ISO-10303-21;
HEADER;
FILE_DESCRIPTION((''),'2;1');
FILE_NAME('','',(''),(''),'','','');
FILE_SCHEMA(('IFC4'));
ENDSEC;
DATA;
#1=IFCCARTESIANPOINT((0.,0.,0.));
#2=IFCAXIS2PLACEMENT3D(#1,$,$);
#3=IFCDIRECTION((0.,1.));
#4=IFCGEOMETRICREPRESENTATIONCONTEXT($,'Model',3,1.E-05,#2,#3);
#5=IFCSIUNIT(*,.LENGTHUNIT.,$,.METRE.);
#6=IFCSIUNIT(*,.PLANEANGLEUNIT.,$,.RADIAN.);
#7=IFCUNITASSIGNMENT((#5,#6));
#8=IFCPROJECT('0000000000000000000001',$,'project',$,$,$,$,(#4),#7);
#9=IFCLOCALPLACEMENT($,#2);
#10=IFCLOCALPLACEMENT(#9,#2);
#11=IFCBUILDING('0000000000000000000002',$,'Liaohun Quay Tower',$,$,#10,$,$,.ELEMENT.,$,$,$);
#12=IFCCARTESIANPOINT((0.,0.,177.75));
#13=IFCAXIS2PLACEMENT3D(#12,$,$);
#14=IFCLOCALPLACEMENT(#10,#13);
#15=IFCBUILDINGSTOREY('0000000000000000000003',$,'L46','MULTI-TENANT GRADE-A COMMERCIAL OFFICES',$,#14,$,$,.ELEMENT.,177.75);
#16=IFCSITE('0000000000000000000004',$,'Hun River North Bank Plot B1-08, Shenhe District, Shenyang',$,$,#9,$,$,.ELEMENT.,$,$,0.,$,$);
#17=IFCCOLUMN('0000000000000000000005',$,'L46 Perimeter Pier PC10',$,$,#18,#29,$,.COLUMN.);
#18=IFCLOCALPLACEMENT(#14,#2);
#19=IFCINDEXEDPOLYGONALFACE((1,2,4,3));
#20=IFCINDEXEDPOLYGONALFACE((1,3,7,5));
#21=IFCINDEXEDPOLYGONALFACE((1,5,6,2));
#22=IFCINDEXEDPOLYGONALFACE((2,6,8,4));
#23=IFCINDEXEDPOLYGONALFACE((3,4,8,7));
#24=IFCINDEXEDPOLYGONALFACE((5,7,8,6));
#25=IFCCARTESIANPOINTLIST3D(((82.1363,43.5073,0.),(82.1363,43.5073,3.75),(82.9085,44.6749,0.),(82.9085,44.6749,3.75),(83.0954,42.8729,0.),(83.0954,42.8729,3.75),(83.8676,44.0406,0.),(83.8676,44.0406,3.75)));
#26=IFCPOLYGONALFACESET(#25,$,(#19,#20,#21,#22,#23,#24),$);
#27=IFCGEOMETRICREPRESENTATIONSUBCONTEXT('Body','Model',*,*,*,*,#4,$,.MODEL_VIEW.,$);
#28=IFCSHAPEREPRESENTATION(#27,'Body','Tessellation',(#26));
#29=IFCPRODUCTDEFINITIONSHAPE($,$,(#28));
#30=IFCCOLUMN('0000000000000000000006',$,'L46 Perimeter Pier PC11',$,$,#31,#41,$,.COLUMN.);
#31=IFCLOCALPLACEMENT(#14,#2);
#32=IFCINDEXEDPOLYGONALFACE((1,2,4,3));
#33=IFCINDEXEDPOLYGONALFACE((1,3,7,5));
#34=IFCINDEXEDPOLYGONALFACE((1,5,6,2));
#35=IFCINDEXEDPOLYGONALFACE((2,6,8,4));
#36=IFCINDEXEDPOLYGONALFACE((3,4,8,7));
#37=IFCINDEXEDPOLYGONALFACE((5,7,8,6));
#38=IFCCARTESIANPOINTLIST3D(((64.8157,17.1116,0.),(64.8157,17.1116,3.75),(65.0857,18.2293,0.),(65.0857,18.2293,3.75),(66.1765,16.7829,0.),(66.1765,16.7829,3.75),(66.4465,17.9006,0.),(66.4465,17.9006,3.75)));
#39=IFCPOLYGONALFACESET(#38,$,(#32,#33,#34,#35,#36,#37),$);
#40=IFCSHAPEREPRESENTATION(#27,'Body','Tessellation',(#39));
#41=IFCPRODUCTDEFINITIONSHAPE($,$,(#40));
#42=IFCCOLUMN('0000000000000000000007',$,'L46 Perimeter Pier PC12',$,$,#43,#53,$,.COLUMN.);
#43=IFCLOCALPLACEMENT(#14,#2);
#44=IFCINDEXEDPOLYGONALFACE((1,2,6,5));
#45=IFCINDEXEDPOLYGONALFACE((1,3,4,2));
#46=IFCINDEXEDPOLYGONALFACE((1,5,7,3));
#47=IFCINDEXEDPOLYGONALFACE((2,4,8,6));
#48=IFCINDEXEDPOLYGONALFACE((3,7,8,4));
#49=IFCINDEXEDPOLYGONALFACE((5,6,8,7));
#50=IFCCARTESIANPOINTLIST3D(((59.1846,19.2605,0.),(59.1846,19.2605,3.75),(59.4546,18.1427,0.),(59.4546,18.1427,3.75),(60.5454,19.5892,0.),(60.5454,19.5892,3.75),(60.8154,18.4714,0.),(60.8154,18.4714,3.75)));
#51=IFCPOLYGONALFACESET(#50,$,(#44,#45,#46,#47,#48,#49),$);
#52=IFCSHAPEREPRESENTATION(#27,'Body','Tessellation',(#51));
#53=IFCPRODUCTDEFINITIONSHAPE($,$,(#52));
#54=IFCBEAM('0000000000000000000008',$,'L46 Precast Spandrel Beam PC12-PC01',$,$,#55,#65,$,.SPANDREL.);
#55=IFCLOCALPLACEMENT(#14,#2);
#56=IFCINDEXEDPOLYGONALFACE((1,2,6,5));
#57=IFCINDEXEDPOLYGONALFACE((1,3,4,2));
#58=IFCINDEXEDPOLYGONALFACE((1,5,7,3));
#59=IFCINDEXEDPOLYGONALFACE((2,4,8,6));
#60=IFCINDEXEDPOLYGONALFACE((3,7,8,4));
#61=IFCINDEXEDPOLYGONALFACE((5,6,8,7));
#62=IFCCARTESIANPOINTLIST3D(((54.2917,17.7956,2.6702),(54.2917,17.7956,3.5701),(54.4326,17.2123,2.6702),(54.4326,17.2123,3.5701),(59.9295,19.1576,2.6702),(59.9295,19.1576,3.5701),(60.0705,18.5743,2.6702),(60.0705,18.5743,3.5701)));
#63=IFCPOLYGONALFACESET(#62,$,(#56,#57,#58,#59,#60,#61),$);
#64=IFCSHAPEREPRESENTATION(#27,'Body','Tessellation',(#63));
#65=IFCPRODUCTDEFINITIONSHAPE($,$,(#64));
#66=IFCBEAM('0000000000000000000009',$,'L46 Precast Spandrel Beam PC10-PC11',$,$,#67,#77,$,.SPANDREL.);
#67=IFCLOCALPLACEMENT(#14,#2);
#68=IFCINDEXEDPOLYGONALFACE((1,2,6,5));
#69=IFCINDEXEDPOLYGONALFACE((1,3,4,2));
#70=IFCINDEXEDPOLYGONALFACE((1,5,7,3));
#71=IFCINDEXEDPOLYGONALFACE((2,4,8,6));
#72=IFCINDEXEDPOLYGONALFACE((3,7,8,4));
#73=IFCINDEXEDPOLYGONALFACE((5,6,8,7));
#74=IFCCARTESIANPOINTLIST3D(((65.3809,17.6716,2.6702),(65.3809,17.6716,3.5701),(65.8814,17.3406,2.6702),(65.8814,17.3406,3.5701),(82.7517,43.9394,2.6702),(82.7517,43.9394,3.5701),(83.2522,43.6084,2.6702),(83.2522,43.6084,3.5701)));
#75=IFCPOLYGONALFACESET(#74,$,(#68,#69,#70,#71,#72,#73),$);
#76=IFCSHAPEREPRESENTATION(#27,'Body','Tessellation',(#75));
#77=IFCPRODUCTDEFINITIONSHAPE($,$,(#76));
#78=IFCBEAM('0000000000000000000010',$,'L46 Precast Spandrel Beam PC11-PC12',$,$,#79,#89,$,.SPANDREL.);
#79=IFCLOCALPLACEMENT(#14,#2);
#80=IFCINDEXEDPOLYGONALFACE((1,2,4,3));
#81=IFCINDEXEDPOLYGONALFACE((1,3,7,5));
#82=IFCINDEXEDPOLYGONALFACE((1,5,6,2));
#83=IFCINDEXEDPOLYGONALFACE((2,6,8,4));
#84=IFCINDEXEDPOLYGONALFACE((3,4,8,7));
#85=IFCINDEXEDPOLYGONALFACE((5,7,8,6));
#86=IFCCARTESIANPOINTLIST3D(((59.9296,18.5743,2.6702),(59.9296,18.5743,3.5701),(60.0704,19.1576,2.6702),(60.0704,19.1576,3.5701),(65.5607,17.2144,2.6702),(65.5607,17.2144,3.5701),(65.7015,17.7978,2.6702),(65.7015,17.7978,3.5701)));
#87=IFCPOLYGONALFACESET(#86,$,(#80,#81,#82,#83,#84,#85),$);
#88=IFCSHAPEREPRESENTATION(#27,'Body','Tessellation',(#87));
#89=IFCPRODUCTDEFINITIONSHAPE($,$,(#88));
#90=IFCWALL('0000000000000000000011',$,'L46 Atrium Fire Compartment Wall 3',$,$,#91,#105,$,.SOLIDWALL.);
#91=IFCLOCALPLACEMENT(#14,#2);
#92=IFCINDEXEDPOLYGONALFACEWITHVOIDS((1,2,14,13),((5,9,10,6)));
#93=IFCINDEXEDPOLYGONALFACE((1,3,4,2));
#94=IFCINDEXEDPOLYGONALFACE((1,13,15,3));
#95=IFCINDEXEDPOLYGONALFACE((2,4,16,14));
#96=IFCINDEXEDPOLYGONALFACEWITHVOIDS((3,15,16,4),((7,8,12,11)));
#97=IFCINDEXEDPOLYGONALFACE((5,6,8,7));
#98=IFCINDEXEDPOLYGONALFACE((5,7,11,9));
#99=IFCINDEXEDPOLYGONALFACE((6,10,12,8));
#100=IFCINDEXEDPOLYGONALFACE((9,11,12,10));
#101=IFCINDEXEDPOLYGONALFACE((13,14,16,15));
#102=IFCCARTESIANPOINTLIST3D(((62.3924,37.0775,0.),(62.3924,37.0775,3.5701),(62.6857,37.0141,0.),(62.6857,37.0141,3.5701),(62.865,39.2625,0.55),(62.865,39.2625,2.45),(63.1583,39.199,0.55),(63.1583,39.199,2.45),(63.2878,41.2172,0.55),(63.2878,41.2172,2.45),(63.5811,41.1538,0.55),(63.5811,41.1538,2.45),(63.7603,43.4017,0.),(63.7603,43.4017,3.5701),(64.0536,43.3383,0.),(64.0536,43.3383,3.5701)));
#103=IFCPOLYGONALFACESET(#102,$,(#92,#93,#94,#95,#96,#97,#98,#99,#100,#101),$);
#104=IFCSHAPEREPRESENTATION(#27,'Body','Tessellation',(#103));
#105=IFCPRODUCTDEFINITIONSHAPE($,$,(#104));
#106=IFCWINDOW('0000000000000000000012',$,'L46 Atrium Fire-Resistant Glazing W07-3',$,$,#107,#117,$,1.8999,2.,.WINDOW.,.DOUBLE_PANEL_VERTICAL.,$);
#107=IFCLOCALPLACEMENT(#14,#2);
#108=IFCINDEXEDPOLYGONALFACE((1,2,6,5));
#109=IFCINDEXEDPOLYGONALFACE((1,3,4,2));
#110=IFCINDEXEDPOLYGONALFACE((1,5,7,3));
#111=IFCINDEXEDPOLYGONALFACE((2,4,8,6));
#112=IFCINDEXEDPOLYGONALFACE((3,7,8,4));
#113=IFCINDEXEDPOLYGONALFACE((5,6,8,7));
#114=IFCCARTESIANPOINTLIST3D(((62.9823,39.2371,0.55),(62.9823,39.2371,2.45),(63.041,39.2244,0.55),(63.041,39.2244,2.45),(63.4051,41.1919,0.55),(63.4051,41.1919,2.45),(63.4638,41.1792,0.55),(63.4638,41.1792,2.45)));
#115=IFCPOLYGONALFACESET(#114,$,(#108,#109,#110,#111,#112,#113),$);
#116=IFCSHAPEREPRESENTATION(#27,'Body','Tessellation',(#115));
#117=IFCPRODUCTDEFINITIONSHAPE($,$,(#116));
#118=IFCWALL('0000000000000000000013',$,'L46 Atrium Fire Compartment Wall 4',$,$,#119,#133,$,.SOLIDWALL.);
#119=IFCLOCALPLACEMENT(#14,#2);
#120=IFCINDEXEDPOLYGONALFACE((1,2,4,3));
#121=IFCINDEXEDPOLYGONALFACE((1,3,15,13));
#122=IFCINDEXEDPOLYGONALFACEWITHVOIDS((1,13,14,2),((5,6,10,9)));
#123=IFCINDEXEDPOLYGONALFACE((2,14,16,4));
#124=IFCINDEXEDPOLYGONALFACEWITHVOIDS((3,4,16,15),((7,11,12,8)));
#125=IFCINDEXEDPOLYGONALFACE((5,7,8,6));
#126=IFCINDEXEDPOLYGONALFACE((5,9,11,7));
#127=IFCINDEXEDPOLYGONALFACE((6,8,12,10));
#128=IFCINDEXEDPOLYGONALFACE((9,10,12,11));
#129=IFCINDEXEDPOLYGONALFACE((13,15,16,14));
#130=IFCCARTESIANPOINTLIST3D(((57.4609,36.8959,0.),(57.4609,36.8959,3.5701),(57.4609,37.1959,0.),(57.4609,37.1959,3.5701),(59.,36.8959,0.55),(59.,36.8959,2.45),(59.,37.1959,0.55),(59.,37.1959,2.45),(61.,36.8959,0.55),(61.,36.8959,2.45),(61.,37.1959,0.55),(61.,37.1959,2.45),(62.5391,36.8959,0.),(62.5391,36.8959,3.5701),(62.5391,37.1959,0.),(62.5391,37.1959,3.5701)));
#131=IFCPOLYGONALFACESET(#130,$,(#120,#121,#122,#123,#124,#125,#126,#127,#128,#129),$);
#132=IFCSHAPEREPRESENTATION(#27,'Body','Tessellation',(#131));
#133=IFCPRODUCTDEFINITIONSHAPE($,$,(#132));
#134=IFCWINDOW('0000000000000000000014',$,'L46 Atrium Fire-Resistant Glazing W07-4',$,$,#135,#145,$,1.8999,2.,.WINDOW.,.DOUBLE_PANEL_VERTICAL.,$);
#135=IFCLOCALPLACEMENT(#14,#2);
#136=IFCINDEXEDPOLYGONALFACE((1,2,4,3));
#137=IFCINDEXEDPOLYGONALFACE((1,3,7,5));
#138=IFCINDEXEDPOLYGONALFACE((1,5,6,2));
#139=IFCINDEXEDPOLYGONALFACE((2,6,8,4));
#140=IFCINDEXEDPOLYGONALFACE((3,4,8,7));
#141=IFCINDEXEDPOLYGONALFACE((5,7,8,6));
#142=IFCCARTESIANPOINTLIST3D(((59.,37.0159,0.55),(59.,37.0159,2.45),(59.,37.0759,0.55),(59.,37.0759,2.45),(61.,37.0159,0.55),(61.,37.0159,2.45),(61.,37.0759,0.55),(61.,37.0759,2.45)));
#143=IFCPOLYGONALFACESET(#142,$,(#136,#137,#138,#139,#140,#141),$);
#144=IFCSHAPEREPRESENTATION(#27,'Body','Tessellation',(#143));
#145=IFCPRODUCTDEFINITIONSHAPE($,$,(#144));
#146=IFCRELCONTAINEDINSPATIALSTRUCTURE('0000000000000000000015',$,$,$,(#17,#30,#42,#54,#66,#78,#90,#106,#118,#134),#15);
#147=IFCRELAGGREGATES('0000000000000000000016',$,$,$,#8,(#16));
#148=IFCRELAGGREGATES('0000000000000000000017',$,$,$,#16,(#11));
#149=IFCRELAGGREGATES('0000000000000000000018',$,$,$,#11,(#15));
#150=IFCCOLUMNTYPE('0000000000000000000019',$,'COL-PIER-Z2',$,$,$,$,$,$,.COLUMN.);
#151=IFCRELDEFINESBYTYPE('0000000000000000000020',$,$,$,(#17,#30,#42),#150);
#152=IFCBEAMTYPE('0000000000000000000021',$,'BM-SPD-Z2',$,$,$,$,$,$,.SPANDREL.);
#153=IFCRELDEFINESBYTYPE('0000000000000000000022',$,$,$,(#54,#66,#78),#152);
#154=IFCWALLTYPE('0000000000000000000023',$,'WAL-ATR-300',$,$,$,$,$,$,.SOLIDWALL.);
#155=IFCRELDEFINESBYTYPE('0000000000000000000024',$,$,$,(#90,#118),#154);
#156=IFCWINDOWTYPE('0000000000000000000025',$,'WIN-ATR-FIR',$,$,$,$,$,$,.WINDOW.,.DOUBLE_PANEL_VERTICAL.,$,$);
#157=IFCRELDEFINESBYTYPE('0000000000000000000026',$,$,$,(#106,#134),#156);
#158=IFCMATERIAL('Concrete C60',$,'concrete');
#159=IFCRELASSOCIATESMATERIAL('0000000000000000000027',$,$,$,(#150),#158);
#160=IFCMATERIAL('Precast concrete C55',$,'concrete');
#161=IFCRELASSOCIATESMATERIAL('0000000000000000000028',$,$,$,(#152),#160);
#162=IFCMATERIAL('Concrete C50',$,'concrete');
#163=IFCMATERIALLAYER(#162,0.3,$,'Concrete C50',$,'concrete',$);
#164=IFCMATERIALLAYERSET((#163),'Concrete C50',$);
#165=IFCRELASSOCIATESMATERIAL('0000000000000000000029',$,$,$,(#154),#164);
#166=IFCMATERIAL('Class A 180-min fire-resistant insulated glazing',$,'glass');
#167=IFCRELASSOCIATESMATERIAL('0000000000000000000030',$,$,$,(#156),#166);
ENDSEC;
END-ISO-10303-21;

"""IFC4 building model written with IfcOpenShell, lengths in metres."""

from ifc_helpers import new_model, si_unit, direction, frame, frame_2d, origin, origin_2d, place, context, subcontext, project, spatial, rectangle, extrude, source, transform, mapped, material, layer, layer_set, material_profile, profile_set, type_object, element, fill, save


model = new_model("IFC4")

# Units and contexts
model_context = context("Model", 3, precision=1e-05, world=origin(), true_north=direction((0.0, 1.0)))
body_context = subcontext(model_context, "Body", "Model", "MODEL_VIEW")
ifc_project = project(units=[si_unit("LENGTHUNIT", "METRE"), si_unit("PLANEANGLEUNIT", "RADIAN")], contexts=[model_context])

# Site, building, storey
site_placement = place(None, origin())
site = spatial("IfcSite", under=ifc_project, at=site_placement, Name="Hun River North Bank Plot B1-08, Shenhe District, Shenyang", CompositionType="ELEMENT", RefElevation=0.0)
building_placement = place(site_placement, origin())
building = spatial("IfcBuilding", under=site, at=building_placement, Name="Liaohun Quay Tower", CompositionType="ELEMENT")
storey_placement = place(building_placement, frame((0.0, 0.0, 177.75)))
storey = spatial("IfcBuildingStorey", under=building, at=storey_placement, Name="L46", Description="MULTI-TENANT GRADE-A COMMERCIAL OFFICES", CompositionType="ELEMENT", Elevation=177.75)

# Columns
ifc_material_1 = material(Name="Concrete C60", Category="concrete")
ifc_material_profile_1 = material_profile(ifc_material_1, rectangle(XDim=1.3999, YDim=1.1499, at=origin_2d()), Name="RC1400x1150")
ifc_profile_set_1 = profile_set([ifc_material_profile_1], Name="Concrete C60")
column_type = type_object("IfcColumnType", Name="COL-PIER-Z2", PredefinedType="COLUMN", material=ifc_profile_set_1)
shared_shape_1 = source(origin(), body_context, "Body", "SweptSolid", [
    extrude(rectangle(XDim=1.3999, YDim=1.1499, at=origin_2d()), origin(), (0.0, 0.0, 1.0), 3.75),
])
for number, where, z_axis, x_axis, name in (
    (1, (83.002, 43.7739, 0.0), (0.0, 0.0, 1.0), (0.551646, 0.834078, 0.0), "L46 Perimeter Pier PC10"),
    (2, (65.6311, 17.5061, 0.0), (0.0, 0.0, 1.0), (-0.972043, 0.234803, 0.0), "L46 Perimeter Pier PC11"),
    (3, (60.0, 18.866, 0.0), (0.0, 0.0, 1.0), (0.972043, 0.234803, 0.0), "L46 Perimeter Pier PC12"),
):
    element("IfcColumn", number, at=place(storey_placement, frame(where, z_axis=z_axis, x_axis=x_axis)), inside=storey, type_object=column_type, Name=name, PredefinedType="COLUMN", context=body_context, shape_type="MappedRepresentation", body=[
        mapped(shared_shape_1, transform((0.0, 0.0, 0.0), x_axis=(1.0, 0.0, 0.0), y_axis=(0.0, 1.0, 0.0), z_axis=(0.0, 0.0, 1.0), scale=1.0)),
    ])

# Beams
ifc_material_2 = material(Name="Precast concrete C55", Category="concrete")
ifc_material_profile_2 = material_profile(ifc_material_2, rectangle(XDim=0.6001, YDim=0.8999, at=origin_2d()), Name="RC600x900")
ifc_profile_set_2 = profile_set([ifc_material_profile_2], Name="Precast concrete C55")
beam_type = type_object("IfcBeamType", Name="BM-SPD-Z2", PredefinedType="SPANDREL", material=ifc_profile_set_2)
shared_shape_2 = source(origin(), body_context, "Body", "SweptSolid", [
    extrude(rectangle(XDim=0.6001, YDim=0.8999, at=origin_2d()), origin(), (0.0, 0.0, 1.0), 5.8),
])
beam_1_placement = place(storey_placement, frame((60.0, 18.866, 3.1201), z_axis=(-0.972036, -0.234833, 0.0), x_axis=(0.234833, -0.972036, 0.0)))
element("IfcBeam", 4, at=beam_1_placement, inside=storey, type_object=beam_type, Name="L46 Precast Spandrel Beam PC12-PC01", PredefinedType="SPANDREL", context=body_context, shape_type="MappedRepresentation", body=[
    mapped(shared_shape_2, transform((0.0, 0.0, 0.0), x_axis=(1.0, 0.0, 0.0), y_axis=(0.0, 1.0, 0.0), z_axis=(0.0, 0.0, 1.0), scale=1.0)),
])
shared_shape_3 = source(origin(), body_context, "Body", "SweptSolid", [
    extrude(rectangle(XDim=0.6001, YDim=0.8999, at=origin_2d()), origin(), (0.0, 0.0, 1.0), 31.4919),
])
beam_2_placement = place(storey_placement, frame((83.002, 43.7739, 3.1201), z_axis=(-0.551596, -0.834111, 0.0), x_axis=(0.834111, -0.551596, 0.0)))
element("IfcBeam", 5, at=beam_2_placement, inside=storey, type_object=beam_type, Name="L46 Precast Spandrel Beam PC10-PC11", PredefinedType="SPANDREL", context=body_context, shape_type="MappedRepresentation", body=[
    mapped(shared_shape_3, transform((0.0, 0.0, 0.0), x_axis=(1.0, 0.0, 0.0), y_axis=(0.0, 1.0, 0.0), z_axis=(0.0, 0.0, 1.0), scale=1.0)),
])
shared_shape_4 = source(origin(), body_context, "Body", "SweptSolid", [
    extrude(rectangle(XDim=0.6001, YDim=0.8999, at=origin_2d()), origin(), (0.0, 0.0, 1.0), 5.793),
])
beam_3_placement = place(storey_placement, frame((65.6311, 17.5061, 3.1201), z_axis=(-0.972057, 0.234744, 0.0), x_axis=(-0.234744, -0.972057, 0.0)))
element("IfcBeam", 6, at=beam_3_placement, inside=storey, type_object=beam_type, Name="L46 Precast Spandrel Beam PC11-PC12", PredefinedType="SPANDREL", context=body_context, shape_type="MappedRepresentation", body=[
    mapped(shared_shape_4, transform((0.0, 0.0, 0.0), x_axis=(1.0, 0.0, 0.0), y_axis=(0.0, 1.0, 0.0), z_axis=(0.0, 0.0, 1.0), scale=1.0)),
])

# Walls, openings, windows
ifc_material_3 = material(Name="Concrete C50", Category="concrete")
ifc_layer_1 = layer(ifc_material_3, 0.3, Name="Concrete C50", Category="concrete")
ifc_layer_set_1 = layer_set([ifc_layer_1], Name="Concrete C50")
wall_type_1 = type_object("IfcWallType", Name="WAL-ATR-300", PredefinedType="SOLIDWALL", material=ifc_layer_set_1)
wall_1_placement = place(storey_placement, frame((63.907, 43.3701, 0.0), z_axis=(0.0, 0.0, 1.0), x_axis=(-0.21141, -0.977398, 0.0)))
wall_1 = element("IfcWall", 7, at=wall_1_placement, inside=storey, type_object=wall_type_1, Name="L46 Atrium Fire Compartment Wall 3", PredefinedType="SOLIDWALL", context=body_context, shape_type="SweptSolid", body=[
    extrude(rectangle(XDim=6.4705, YDim=0.3, at=frame_2d((3.2354, 0.0))), origin(), (0.0, 0.0, 1.0), 3.5701),
])
shared_shape_5 = source(origin(), body_context, "Body", "SweptSolid", [
    extrude(rectangle(XDim=2.0, YDim=1.8999, at=frame_2d((1.0, 0.95))), frame((0.0, 0.1599, 0.0), z_axis=(0.0, -1.0, 0.0), x_axis=(1.0, 0.0, 0.0)), (0.0, 0.0, 1.0), 0.3201),
])
opening_1_placement = place(wall_1_placement, frame((2.2351, 0.0, 0.55)))
opening_1 = element("IfcOpeningElement", 8, at=opening_1_placement, cuts=wall_1, PredefinedType="OPENING", context=body_context, shape_type="MappedRepresentation", body=[
    mapped(shared_shape_5, transform((0.0, 0.0, 0.0), x_axis=(1.0, 0.0, 0.0), y_axis=(0.0, 1.0, 0.0), z_axis=(0.0, 0.0, 1.0), scale=1.0)),
])
ifc_material_4 = material(Name="Class A 180-min fire-resistant insulated glazing", Category="glass")
window_type_1 = type_object("IfcWindowType", Name="WIN-ATR-FIR", PartitioningType="DOUBLE_PANEL_VERTICAL", PredefinedType="WINDOW", material=ifc_material_4)
shared_shape_6 = source(origin(), body_context, "Body", "SweptSolid", [
    extrude(rectangle(XDim=2.0, YDim=1.8999, at=frame_2d((1.0, 0.95))), frame((0.0, 0.03, 0.0), z_axis=(0.0, -1.0, 0.0), x_axis=(1.0, 0.0, 0.0)), (0.0, 0.0, 1.0), 0.0601),
])
window_1_placement = place(opening_1_placement, origin())
window_1 = element("IfcWindow", 9, at=window_1_placement, inside=storey, type_object=window_type_1, Name="L46 Atrium Fire-Resistant Glazing W07-3", OverallHeight=1.8999, OverallWidth=2.0, PartitioningType="DOUBLE_PANEL_VERTICAL", PredefinedType="WINDOW", context=body_context, shape_type="MappedRepresentation", body=[
    mapped(shared_shape_6, transform((0.0, 0.0, 0.0), x_axis=(1.0, 0.0, 0.0), y_axis=(0.0, 1.0, 0.0), z_axis=(0.0, 0.0, 1.0), scale=1.0)),
])
fill(opening_1, window_1)
wall_2_placement = place(storey_placement, frame((62.5391, 37.0459, 0.0), z_axis=(0.0, 0.0, 1.0), x_axis=(-1.0, 0.0, 0.0)))
wall_2 = element("IfcWall", 10, at=wall_2_placement, inside=storey, type_object=wall_type_1, Name="L46 Atrium Fire Compartment Wall 4", PredefinedType="SOLIDWALL", context=body_context, shape_type="SweptSolid", body=[
    extrude(rectangle(XDim=5.0781, YDim=0.3, at=frame_2d((2.5391, 0.0))), origin(), (0.0, 0.0, 1.0), 3.5701),
])
opening_2_placement = place(wall_2_placement, frame((1.5391, 0.0, 0.55)))
opening_2 = element("IfcOpeningElement", 11, at=opening_2_placement, cuts=wall_2, PredefinedType="OPENING", context=body_context, shape_type="MappedRepresentation", body=[
    mapped(shared_shape_5, transform((0.0, 0.0, 0.0), x_axis=(1.0, 0.0, 0.0), y_axis=(0.0, 1.0, 0.0), z_axis=(0.0, 0.0, 1.0), scale=1.0)),
])
window_2_placement = place(opening_2_placement, origin())
window_2 = element("IfcWindow", 12, at=window_2_placement, inside=storey, type_object=window_type_1, Name="L46 Atrium Fire-Resistant Glazing W07-4", OverallHeight=1.8999, OverallWidth=2.0, PartitioningType="DOUBLE_PANEL_VERTICAL", PredefinedType="WINDOW", context=body_context, shape_type="MappedRepresentation", body=[
    mapped(shared_shape_6, transform((0.0, 0.0, 0.0), x_axis=(1.0, 0.0, 0.0), y_axis=(0.0, 1.0, 0.0), z_axis=(0.0, 0.0, 1.0), scale=1.0)),
])
fill(opening_2, window_2)

save(model, "model.ifc")
